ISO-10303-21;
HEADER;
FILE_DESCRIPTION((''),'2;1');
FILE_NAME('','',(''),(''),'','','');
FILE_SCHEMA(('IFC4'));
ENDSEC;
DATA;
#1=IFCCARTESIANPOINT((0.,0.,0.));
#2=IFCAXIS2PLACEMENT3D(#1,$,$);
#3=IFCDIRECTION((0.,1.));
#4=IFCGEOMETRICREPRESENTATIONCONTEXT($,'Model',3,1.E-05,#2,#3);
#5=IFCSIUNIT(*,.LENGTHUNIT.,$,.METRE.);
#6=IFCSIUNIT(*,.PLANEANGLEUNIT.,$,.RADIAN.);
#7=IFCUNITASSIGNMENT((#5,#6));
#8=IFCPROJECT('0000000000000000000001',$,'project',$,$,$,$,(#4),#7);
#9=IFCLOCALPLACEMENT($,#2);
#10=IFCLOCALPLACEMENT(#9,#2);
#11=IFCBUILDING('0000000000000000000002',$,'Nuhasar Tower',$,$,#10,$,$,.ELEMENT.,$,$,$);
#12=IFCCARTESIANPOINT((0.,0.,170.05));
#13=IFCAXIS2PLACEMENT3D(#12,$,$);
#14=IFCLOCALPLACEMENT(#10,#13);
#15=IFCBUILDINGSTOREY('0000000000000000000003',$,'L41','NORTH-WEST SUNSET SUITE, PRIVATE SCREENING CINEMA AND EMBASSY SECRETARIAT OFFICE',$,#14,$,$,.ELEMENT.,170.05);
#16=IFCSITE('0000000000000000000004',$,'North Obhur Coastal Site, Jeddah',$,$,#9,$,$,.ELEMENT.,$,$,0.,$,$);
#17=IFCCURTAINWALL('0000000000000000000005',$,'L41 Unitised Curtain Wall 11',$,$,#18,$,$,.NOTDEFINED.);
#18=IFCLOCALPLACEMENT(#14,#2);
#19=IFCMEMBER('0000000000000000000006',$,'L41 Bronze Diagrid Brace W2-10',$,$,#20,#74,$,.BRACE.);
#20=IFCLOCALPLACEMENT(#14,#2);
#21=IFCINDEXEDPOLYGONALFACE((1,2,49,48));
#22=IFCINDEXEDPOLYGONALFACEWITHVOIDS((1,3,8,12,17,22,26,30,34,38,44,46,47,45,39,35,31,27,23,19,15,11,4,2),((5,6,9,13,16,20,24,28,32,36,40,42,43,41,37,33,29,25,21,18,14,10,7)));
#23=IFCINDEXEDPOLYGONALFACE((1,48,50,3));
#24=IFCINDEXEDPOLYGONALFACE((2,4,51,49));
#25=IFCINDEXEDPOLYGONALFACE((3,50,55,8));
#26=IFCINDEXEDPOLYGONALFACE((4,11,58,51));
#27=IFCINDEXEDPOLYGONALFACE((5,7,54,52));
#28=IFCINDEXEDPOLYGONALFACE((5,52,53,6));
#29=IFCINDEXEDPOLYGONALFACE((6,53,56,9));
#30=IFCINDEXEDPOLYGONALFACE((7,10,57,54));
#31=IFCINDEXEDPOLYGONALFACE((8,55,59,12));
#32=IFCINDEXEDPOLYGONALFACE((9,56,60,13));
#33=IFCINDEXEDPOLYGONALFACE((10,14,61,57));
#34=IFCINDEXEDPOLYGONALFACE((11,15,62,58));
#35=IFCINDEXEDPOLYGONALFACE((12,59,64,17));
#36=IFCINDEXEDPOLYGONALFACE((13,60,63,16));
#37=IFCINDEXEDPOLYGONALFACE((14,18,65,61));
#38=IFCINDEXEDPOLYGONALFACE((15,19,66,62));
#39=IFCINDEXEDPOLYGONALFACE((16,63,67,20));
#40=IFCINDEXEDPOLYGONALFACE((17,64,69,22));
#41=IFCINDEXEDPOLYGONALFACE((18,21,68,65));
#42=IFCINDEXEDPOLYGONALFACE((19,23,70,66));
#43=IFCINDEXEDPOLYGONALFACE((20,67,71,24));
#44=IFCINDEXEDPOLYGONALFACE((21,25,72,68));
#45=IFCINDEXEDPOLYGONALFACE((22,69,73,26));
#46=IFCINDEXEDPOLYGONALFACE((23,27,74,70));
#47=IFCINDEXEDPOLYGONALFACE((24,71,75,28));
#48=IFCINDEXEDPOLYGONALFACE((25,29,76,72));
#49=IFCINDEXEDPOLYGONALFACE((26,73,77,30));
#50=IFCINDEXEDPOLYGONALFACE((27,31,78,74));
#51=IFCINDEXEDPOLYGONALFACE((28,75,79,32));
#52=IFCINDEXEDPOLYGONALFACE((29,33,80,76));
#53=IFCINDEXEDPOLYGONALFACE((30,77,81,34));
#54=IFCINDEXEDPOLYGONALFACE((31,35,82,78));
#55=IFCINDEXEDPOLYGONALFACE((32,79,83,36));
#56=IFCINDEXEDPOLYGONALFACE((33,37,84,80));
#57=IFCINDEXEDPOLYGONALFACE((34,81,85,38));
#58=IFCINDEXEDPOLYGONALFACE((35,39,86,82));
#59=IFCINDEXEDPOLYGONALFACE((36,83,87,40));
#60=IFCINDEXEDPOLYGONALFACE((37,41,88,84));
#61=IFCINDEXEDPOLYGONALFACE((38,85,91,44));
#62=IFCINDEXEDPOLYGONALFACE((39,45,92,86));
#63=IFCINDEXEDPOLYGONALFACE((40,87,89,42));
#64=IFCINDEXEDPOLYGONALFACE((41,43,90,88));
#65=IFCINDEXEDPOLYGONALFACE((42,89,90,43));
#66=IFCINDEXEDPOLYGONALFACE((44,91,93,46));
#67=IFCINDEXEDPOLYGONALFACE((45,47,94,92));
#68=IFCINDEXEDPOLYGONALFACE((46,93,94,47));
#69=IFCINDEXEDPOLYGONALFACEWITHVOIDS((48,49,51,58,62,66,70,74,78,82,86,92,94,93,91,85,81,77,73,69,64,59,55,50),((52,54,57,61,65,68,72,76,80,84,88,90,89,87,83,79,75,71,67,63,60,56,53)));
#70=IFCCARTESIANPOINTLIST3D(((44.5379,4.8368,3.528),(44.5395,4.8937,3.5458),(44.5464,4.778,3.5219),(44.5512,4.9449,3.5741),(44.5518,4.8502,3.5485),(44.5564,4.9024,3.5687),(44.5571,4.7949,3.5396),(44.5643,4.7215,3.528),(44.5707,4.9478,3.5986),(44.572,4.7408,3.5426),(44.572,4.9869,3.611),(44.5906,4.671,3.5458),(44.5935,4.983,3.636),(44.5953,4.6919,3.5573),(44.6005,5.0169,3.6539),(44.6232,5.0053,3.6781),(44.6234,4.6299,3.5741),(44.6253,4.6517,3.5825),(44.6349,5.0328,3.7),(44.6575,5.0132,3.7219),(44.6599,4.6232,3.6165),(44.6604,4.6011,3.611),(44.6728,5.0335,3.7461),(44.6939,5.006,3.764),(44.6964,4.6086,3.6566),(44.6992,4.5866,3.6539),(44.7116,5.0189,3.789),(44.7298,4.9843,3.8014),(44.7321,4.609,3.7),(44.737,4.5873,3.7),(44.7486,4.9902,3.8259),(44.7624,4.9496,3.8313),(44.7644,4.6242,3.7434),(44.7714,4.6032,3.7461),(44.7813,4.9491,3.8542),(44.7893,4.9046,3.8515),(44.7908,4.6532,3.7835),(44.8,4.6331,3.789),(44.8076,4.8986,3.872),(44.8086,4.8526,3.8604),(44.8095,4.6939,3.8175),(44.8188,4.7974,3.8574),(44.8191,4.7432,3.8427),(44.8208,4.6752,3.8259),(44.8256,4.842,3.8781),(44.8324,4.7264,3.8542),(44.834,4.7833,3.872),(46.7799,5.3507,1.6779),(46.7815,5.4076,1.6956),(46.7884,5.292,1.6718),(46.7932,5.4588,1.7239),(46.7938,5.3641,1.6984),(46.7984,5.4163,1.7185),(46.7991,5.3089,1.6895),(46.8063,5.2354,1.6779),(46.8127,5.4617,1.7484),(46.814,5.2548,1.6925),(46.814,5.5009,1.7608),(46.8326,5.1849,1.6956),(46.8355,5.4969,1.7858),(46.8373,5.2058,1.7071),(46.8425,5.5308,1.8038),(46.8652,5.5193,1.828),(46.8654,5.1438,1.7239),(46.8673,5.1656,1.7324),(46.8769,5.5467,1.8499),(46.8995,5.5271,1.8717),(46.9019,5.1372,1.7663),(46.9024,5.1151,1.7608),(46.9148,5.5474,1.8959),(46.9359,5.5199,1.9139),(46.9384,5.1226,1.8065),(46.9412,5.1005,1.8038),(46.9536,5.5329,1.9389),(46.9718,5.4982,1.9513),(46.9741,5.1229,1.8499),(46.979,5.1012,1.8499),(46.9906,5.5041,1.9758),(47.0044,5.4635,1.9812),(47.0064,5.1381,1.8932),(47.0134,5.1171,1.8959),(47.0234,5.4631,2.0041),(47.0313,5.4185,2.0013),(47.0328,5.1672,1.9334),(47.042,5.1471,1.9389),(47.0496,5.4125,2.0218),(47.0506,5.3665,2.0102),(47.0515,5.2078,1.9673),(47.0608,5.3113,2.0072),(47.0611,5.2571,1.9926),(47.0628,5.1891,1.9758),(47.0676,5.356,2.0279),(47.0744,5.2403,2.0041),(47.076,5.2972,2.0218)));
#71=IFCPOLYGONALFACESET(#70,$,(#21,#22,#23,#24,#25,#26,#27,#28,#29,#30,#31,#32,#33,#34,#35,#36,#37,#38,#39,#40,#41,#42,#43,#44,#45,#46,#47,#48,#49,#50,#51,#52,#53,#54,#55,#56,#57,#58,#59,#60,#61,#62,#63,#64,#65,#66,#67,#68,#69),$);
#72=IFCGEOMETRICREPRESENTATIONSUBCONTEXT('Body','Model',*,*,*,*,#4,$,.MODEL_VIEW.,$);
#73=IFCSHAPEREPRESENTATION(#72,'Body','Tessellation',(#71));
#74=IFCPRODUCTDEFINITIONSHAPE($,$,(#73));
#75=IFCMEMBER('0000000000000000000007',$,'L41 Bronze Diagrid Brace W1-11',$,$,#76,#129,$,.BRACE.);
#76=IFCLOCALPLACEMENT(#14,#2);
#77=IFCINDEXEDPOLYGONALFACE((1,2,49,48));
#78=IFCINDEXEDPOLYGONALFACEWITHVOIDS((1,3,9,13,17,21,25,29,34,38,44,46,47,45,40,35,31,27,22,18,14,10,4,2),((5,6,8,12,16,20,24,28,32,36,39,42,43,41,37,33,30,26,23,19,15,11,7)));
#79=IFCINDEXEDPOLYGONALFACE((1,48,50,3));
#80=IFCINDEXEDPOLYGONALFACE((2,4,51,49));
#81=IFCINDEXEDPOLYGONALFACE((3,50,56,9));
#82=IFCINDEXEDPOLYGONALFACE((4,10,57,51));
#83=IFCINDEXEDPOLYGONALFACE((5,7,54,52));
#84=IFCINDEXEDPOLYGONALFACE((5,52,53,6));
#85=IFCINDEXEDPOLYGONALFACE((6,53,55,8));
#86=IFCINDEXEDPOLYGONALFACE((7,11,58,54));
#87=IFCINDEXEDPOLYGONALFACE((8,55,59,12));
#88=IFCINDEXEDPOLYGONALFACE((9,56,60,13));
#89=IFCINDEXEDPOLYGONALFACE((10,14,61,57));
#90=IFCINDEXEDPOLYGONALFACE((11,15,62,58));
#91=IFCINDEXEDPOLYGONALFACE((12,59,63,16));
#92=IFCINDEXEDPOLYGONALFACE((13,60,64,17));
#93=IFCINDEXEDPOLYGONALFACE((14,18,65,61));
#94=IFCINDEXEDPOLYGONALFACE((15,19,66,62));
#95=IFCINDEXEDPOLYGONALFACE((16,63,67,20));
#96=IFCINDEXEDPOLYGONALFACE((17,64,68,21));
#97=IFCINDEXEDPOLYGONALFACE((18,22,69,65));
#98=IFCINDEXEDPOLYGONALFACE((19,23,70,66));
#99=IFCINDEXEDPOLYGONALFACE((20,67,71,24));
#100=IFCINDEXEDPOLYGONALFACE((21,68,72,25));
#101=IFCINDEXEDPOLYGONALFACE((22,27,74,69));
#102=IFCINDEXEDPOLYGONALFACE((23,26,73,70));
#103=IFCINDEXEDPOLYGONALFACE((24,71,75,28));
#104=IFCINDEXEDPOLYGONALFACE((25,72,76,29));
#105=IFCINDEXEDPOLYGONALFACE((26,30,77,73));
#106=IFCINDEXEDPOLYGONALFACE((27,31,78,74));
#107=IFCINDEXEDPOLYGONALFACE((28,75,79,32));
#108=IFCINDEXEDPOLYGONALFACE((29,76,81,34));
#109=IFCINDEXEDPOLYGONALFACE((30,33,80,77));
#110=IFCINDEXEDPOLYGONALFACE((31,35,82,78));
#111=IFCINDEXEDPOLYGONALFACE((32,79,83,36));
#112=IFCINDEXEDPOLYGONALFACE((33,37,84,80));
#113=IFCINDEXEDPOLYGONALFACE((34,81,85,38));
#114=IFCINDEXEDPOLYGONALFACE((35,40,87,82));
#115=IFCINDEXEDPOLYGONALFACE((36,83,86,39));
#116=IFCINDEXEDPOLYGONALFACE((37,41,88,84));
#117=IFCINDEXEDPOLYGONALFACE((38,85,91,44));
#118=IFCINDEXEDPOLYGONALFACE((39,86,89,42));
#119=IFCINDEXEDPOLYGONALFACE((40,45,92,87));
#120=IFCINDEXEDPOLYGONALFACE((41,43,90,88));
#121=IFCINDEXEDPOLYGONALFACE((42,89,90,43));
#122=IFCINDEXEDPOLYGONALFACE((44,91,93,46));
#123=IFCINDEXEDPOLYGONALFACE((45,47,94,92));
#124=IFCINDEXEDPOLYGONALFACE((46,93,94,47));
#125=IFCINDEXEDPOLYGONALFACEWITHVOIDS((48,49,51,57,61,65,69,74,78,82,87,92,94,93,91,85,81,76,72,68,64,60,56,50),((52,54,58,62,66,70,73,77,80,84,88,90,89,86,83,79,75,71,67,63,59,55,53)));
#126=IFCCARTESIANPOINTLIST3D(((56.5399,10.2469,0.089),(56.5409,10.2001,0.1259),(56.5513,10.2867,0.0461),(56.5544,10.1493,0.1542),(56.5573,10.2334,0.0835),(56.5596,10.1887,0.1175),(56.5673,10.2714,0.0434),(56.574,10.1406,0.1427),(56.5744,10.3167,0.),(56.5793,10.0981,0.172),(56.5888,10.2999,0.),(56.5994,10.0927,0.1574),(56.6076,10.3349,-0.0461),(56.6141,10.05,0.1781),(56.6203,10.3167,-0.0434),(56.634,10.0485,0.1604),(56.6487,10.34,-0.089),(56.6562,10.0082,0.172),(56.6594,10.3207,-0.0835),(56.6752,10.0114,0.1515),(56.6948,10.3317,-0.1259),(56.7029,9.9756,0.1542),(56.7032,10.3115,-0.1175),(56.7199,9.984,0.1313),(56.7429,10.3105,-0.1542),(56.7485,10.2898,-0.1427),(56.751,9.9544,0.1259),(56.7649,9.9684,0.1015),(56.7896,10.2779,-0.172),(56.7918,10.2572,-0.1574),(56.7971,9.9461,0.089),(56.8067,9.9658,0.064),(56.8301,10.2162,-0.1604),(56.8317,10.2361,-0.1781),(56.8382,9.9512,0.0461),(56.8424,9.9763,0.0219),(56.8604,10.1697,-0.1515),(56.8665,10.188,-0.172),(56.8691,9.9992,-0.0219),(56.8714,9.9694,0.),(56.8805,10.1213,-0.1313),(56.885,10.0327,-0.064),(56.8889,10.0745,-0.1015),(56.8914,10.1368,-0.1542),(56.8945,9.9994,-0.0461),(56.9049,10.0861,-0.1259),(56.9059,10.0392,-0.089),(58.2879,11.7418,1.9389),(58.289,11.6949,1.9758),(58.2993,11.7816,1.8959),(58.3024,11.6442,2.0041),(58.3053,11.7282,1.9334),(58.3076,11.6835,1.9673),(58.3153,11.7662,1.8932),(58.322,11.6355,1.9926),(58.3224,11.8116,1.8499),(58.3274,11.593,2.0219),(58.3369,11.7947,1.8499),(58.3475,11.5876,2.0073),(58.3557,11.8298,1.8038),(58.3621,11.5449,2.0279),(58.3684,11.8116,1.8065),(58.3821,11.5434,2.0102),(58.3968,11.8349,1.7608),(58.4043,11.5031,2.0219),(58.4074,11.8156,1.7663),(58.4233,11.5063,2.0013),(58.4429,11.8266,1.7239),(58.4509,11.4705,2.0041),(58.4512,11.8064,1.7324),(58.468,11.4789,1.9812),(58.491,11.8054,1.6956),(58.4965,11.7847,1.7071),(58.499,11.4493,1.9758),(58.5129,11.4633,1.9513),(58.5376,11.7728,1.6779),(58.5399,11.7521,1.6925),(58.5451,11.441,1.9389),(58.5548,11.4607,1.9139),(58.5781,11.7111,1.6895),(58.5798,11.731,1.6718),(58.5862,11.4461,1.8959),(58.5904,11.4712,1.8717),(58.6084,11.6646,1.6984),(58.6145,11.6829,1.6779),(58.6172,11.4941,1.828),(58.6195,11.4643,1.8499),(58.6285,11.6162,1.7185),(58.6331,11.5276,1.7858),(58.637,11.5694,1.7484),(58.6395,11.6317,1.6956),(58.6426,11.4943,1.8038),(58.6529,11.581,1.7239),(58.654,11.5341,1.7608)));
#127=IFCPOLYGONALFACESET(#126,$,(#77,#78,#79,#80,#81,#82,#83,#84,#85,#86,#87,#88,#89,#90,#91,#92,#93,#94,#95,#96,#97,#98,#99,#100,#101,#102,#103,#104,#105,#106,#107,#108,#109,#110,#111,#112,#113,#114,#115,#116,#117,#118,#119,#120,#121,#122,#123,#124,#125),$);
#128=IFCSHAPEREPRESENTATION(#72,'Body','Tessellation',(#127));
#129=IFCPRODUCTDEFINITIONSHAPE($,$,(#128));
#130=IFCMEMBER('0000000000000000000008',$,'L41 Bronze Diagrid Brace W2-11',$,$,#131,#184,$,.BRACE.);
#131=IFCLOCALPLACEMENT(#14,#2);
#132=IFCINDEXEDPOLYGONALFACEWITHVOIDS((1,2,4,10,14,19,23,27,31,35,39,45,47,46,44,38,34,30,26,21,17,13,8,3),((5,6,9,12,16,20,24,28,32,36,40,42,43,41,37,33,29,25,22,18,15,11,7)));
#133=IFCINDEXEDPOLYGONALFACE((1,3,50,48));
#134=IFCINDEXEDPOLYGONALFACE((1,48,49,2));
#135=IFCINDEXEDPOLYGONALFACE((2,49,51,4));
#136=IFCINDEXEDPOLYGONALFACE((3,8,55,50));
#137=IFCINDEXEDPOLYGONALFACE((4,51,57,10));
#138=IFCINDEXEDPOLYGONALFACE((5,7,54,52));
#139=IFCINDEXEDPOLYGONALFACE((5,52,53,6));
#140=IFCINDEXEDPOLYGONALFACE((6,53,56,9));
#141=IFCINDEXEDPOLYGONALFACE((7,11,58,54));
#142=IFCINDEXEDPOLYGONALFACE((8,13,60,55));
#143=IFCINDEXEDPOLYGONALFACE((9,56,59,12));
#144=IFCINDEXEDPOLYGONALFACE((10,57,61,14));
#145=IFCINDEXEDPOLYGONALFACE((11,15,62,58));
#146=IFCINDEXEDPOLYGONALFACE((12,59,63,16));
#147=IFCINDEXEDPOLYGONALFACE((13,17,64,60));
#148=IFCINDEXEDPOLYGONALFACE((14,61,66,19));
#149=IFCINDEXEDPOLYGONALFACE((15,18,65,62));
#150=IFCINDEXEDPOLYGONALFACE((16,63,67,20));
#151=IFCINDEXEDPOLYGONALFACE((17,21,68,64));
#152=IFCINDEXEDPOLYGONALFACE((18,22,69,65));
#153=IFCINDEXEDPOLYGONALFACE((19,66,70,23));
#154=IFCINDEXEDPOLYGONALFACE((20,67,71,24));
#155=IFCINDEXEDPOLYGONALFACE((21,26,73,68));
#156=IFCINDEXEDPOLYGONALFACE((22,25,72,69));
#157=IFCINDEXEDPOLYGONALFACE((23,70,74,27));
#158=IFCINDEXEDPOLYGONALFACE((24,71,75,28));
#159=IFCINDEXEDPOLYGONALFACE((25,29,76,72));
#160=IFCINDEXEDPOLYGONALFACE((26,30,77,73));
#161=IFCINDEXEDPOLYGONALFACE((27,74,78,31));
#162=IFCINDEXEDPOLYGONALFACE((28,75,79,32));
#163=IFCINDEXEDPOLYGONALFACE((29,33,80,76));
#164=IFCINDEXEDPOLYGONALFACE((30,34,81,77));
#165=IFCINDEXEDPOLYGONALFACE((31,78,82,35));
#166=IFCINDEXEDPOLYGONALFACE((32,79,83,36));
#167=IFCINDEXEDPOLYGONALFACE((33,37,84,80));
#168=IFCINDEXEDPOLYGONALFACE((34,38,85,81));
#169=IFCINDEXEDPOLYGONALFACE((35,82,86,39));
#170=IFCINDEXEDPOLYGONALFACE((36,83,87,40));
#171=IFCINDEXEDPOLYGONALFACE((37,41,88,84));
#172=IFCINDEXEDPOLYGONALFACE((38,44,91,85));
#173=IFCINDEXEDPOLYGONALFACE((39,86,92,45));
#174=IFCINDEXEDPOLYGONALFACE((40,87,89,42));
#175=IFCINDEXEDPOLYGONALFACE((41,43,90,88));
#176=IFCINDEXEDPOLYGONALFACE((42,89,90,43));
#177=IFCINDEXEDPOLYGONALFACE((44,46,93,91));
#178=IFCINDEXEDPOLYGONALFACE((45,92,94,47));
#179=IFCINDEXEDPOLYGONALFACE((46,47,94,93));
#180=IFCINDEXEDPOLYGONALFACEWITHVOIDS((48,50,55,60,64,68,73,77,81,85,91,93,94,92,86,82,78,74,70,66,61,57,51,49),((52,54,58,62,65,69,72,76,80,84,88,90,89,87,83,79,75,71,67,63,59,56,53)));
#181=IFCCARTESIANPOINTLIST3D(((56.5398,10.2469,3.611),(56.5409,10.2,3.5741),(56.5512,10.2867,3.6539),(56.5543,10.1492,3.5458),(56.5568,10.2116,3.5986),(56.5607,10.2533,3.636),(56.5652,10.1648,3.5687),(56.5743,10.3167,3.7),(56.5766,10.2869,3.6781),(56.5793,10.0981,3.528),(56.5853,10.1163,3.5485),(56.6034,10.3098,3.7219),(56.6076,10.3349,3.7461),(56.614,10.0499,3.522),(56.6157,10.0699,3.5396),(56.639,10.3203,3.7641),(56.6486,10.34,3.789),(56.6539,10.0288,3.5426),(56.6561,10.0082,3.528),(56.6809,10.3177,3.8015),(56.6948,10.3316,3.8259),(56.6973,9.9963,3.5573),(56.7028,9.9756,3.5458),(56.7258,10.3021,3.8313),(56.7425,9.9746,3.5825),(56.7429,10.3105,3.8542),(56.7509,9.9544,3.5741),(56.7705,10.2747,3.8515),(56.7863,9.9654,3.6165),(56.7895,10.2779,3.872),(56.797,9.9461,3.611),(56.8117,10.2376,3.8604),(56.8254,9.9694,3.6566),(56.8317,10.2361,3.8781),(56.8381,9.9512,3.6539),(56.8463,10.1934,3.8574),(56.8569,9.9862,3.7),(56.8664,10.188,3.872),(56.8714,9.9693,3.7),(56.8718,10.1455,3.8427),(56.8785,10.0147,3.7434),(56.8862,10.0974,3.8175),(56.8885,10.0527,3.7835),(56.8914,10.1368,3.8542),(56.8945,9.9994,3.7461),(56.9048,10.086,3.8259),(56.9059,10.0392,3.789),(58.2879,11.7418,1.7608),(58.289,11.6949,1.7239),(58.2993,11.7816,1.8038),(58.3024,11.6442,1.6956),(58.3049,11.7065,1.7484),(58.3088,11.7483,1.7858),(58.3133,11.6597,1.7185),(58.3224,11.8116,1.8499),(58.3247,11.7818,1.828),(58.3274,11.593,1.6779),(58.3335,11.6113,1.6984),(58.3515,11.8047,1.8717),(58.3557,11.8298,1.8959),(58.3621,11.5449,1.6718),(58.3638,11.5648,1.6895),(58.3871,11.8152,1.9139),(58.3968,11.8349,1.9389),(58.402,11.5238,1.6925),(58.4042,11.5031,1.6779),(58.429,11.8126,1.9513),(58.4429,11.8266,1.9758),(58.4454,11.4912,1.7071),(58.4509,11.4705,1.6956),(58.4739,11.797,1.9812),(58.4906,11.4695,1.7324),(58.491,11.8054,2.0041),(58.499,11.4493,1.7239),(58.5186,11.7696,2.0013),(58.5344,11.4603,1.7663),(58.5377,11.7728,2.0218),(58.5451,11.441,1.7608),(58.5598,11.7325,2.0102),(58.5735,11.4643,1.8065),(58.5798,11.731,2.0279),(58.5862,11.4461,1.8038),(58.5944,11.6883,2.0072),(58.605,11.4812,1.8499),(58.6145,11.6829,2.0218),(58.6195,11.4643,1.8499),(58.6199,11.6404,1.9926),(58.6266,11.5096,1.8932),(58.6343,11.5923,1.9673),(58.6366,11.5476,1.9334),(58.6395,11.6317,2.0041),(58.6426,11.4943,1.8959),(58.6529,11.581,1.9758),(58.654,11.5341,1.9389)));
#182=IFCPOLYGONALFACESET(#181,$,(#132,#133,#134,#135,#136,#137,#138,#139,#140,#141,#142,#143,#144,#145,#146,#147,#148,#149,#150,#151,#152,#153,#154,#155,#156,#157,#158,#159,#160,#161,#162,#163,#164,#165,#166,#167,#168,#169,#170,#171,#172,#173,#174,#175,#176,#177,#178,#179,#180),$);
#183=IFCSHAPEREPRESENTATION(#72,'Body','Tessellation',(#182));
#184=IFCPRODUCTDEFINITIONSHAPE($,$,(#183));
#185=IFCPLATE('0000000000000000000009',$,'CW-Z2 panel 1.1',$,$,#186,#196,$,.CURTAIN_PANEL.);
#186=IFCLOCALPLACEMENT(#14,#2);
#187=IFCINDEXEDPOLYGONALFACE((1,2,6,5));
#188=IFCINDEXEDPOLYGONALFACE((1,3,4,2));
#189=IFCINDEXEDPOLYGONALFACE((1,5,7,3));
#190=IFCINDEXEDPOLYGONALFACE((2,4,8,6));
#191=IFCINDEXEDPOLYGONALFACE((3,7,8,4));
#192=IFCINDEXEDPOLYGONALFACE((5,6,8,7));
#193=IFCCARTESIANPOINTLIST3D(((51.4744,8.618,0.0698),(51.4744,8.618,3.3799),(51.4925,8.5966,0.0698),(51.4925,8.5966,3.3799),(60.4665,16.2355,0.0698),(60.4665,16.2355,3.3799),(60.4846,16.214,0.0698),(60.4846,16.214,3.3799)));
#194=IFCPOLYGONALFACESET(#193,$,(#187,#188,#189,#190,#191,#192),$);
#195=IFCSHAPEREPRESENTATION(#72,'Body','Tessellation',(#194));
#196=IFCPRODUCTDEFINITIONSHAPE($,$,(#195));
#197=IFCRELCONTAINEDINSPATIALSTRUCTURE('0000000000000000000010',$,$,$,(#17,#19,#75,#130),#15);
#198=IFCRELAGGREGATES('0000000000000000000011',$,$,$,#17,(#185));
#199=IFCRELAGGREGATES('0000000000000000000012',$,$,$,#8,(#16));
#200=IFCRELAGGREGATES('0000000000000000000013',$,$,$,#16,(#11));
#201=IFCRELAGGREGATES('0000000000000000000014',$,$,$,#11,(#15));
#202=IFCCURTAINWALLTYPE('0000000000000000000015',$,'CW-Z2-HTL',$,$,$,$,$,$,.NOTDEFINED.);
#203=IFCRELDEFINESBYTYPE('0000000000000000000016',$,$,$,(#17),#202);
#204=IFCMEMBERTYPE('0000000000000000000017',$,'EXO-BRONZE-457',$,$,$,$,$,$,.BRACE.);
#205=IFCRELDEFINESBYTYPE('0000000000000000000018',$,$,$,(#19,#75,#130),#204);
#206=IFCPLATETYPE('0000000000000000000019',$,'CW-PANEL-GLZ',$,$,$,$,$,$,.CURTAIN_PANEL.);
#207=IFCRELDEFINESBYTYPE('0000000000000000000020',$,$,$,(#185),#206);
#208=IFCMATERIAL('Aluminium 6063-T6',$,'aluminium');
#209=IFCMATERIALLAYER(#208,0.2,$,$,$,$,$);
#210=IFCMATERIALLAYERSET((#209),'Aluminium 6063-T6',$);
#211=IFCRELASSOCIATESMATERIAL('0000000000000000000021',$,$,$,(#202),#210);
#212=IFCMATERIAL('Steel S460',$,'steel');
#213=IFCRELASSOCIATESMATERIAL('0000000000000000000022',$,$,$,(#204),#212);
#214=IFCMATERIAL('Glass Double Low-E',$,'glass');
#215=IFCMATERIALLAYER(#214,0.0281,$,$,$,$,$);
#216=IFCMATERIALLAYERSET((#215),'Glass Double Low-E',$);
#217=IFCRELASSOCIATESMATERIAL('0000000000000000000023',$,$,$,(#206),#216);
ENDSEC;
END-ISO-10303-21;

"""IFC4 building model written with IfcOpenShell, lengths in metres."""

from ifc_helpers import new_model, si_unit, direction, frame, origin, origin_2d, place, context, subcontext, project, spatial, rectangle, hollow_circle, extrude, material, layer, layer_set, material_profile, profile_set, type_object, element, aggregate, save


model = new_model("IFC4")

# Units and contexts
model_context = context("Model", 3, precision=1e-05, world=origin(), true_north=direction((0.0, 1.0)))
body_context = subcontext(model_context, "Body", "Model", "MODEL_VIEW")
ifc_project = project(units=[si_unit("LENGTHUNIT", "METRE"), si_unit("PLANEANGLEUNIT", "RADIAN")], contexts=[model_context])

# Site, building, storey
site_placement = place(None, origin())
site = spatial("IfcSite", under=ifc_project, at=site_placement, Name="North Obhur Coastal Site, Jeddah", CompositionType="ELEMENT", RefElevation=0.0)
building_placement = place(site_placement, origin())
building = spatial("IfcBuilding", under=site, at=building_placement, Name="Nuhasar Tower", CompositionType="ELEMENT")
storey_placement = place(building_placement, frame((0.0, 0.0, 170.05)))
storey = spatial("IfcBuildingStorey", under=building, at=storey_placement, Name="L41", Description="NORTH-WEST SUNSET SUITE, PRIVATE SCREENING CINEMA AND EMBASSY SECRETARIAT OFFICE", CompositionType="ELEMENT", Elevation=170.05)

# Shared definitions
ifc_material_1 = material(Name="Aluminium 6063-T6", Category="aluminium")
ifc_layer_1 = layer(ifc_material_1, 0.2)
ifc_layer_set_1 = layer_set([ifc_layer_1], Name="Aluminium 6063-T6")
curtain_wall_type = type_object("IfcCurtainWallType", Name="CW-Z2-HTL", PredefinedType="NOTDEFINED", material=ifc_layer_set_1)

# Curtain wall
curtain_wall_1_placement = place(storey_placement, origin())
curtain_wall_1 = element("IfcCurtainWall", 1, at=curtain_wall_1_placement, inside=storey, type_object=curtain_wall_type, Name="L41 Unitised Curtain Wall 11", PredefinedType="NOTDEFINED")

# Members
ifc_material_2 = material(Name="Steel S460", Category="steel")
ifc_material_profile_1 = material_profile(ifc_material_2, hollow_circle(Radius=0.2285, WallThickness=0.0222, at=origin_2d()), Name="HSS457X22.2")
ifc_profile_set_1 = profile_set([ifc_material_profile_1], Name="Steel S460")
member_type_1 = type_object("IfcMemberType", Name="EXO-BRONZE-457", PredefinedType="BRACE", material=ifc_profile_set_1)
member_1_placement = place(storey_placement, frame((46.928, 5.324, 1.8499), z_axis=(-0.75951, -0.174101, 0.626764), x_axis=(0.223433, -0.974719, 0.0)))
element("IfcMember", 2, at=member_1_placement, inside=storey, type_object=member_type_1, Name="L41 Bronze Diagrid Brace W2-10", PredefinedType="BRACE", context=body_context, shape_type="SweptSolid", body=[
    extrude(hollow_circle(Radius=0.2285, WallThickness=0.0222, at=origin_2d()), origin(), (0.0, 0.0, 1.0), 2.9519),
])
member_2_placement = place(storey_placement, frame((56.7229, 10.1431, 0.0), z_axis=(0.592226, 0.506452, 0.626717), x_axis=(-0.649926, 0.759998, 0.0)))
element("IfcMember", 3, at=member_2_placement, inside=storey, type_object=member_type_1, Name="L41 Bronze Diagrid Brace W1-11", PredefinedType="BRACE", context=body_context, shape_type="SweptSolid", body=[
    extrude(hollow_circle(Radius=0.2285, WallThickness=0.0222, at=origin_2d()), origin(), (0.0, 0.0, 1.0), 2.9517),
])
member_3_placement = place(storey_placement, frame((58.4709, 11.6379, 1.8499), z_axis=(-0.592195, -0.506426, 0.626767), x_axis=(0.649926, -0.759998, 0.0)))
element("IfcMember", 4, at=member_3_placement, inside=storey, type_object=member_type_1, Name="L41 Bronze Diagrid Brace W2-11", PredefinedType="BRACE", context=body_context, shape_type="SweptSolid", body=[
    extrude(hollow_circle(Radius=0.2285, WallThickness=0.0222, at=origin_2d()), origin(), (0.0, 0.0, 1.0), 2.9519),
])

# Plate
ifc_material_3 = material(Name="Glass Double Low-E", Category="glass")
ifc_layer_2 = layer(ifc_material_3, 0.0281)
ifc_layer_set_2 = layer_set([ifc_layer_2], Name="Glass Double Low-E")
plate_type = type_object("IfcPlateType", Name="CW-PANEL-GLZ", PredefinedType="CURTAIN_PANEL", material=ifc_layer_set_2)
plate_placement = place(storey_placement, frame((55.9795, 12.416, 0.0698), z_axis=(0.0, 0.0, 1.0), x_axis=(0.76302, 0.646374, 0.0)))
plate = element("IfcPlate", 5, at=plate_placement, type_object=plate_type, Name="CW-Z2 panel 1.1", PredefinedType="CURTAIN_PANEL", context=body_context, shape_type="SweptSolid", body=[
    extrude(rectangle(XDim=11.7849, YDim=0.0281, at=origin_2d()), origin(), (0.0, 0.0, 1.0), 3.3101),
])
aggregate(curtain_wall_1, [plate])

save(model, "model.ifc")
